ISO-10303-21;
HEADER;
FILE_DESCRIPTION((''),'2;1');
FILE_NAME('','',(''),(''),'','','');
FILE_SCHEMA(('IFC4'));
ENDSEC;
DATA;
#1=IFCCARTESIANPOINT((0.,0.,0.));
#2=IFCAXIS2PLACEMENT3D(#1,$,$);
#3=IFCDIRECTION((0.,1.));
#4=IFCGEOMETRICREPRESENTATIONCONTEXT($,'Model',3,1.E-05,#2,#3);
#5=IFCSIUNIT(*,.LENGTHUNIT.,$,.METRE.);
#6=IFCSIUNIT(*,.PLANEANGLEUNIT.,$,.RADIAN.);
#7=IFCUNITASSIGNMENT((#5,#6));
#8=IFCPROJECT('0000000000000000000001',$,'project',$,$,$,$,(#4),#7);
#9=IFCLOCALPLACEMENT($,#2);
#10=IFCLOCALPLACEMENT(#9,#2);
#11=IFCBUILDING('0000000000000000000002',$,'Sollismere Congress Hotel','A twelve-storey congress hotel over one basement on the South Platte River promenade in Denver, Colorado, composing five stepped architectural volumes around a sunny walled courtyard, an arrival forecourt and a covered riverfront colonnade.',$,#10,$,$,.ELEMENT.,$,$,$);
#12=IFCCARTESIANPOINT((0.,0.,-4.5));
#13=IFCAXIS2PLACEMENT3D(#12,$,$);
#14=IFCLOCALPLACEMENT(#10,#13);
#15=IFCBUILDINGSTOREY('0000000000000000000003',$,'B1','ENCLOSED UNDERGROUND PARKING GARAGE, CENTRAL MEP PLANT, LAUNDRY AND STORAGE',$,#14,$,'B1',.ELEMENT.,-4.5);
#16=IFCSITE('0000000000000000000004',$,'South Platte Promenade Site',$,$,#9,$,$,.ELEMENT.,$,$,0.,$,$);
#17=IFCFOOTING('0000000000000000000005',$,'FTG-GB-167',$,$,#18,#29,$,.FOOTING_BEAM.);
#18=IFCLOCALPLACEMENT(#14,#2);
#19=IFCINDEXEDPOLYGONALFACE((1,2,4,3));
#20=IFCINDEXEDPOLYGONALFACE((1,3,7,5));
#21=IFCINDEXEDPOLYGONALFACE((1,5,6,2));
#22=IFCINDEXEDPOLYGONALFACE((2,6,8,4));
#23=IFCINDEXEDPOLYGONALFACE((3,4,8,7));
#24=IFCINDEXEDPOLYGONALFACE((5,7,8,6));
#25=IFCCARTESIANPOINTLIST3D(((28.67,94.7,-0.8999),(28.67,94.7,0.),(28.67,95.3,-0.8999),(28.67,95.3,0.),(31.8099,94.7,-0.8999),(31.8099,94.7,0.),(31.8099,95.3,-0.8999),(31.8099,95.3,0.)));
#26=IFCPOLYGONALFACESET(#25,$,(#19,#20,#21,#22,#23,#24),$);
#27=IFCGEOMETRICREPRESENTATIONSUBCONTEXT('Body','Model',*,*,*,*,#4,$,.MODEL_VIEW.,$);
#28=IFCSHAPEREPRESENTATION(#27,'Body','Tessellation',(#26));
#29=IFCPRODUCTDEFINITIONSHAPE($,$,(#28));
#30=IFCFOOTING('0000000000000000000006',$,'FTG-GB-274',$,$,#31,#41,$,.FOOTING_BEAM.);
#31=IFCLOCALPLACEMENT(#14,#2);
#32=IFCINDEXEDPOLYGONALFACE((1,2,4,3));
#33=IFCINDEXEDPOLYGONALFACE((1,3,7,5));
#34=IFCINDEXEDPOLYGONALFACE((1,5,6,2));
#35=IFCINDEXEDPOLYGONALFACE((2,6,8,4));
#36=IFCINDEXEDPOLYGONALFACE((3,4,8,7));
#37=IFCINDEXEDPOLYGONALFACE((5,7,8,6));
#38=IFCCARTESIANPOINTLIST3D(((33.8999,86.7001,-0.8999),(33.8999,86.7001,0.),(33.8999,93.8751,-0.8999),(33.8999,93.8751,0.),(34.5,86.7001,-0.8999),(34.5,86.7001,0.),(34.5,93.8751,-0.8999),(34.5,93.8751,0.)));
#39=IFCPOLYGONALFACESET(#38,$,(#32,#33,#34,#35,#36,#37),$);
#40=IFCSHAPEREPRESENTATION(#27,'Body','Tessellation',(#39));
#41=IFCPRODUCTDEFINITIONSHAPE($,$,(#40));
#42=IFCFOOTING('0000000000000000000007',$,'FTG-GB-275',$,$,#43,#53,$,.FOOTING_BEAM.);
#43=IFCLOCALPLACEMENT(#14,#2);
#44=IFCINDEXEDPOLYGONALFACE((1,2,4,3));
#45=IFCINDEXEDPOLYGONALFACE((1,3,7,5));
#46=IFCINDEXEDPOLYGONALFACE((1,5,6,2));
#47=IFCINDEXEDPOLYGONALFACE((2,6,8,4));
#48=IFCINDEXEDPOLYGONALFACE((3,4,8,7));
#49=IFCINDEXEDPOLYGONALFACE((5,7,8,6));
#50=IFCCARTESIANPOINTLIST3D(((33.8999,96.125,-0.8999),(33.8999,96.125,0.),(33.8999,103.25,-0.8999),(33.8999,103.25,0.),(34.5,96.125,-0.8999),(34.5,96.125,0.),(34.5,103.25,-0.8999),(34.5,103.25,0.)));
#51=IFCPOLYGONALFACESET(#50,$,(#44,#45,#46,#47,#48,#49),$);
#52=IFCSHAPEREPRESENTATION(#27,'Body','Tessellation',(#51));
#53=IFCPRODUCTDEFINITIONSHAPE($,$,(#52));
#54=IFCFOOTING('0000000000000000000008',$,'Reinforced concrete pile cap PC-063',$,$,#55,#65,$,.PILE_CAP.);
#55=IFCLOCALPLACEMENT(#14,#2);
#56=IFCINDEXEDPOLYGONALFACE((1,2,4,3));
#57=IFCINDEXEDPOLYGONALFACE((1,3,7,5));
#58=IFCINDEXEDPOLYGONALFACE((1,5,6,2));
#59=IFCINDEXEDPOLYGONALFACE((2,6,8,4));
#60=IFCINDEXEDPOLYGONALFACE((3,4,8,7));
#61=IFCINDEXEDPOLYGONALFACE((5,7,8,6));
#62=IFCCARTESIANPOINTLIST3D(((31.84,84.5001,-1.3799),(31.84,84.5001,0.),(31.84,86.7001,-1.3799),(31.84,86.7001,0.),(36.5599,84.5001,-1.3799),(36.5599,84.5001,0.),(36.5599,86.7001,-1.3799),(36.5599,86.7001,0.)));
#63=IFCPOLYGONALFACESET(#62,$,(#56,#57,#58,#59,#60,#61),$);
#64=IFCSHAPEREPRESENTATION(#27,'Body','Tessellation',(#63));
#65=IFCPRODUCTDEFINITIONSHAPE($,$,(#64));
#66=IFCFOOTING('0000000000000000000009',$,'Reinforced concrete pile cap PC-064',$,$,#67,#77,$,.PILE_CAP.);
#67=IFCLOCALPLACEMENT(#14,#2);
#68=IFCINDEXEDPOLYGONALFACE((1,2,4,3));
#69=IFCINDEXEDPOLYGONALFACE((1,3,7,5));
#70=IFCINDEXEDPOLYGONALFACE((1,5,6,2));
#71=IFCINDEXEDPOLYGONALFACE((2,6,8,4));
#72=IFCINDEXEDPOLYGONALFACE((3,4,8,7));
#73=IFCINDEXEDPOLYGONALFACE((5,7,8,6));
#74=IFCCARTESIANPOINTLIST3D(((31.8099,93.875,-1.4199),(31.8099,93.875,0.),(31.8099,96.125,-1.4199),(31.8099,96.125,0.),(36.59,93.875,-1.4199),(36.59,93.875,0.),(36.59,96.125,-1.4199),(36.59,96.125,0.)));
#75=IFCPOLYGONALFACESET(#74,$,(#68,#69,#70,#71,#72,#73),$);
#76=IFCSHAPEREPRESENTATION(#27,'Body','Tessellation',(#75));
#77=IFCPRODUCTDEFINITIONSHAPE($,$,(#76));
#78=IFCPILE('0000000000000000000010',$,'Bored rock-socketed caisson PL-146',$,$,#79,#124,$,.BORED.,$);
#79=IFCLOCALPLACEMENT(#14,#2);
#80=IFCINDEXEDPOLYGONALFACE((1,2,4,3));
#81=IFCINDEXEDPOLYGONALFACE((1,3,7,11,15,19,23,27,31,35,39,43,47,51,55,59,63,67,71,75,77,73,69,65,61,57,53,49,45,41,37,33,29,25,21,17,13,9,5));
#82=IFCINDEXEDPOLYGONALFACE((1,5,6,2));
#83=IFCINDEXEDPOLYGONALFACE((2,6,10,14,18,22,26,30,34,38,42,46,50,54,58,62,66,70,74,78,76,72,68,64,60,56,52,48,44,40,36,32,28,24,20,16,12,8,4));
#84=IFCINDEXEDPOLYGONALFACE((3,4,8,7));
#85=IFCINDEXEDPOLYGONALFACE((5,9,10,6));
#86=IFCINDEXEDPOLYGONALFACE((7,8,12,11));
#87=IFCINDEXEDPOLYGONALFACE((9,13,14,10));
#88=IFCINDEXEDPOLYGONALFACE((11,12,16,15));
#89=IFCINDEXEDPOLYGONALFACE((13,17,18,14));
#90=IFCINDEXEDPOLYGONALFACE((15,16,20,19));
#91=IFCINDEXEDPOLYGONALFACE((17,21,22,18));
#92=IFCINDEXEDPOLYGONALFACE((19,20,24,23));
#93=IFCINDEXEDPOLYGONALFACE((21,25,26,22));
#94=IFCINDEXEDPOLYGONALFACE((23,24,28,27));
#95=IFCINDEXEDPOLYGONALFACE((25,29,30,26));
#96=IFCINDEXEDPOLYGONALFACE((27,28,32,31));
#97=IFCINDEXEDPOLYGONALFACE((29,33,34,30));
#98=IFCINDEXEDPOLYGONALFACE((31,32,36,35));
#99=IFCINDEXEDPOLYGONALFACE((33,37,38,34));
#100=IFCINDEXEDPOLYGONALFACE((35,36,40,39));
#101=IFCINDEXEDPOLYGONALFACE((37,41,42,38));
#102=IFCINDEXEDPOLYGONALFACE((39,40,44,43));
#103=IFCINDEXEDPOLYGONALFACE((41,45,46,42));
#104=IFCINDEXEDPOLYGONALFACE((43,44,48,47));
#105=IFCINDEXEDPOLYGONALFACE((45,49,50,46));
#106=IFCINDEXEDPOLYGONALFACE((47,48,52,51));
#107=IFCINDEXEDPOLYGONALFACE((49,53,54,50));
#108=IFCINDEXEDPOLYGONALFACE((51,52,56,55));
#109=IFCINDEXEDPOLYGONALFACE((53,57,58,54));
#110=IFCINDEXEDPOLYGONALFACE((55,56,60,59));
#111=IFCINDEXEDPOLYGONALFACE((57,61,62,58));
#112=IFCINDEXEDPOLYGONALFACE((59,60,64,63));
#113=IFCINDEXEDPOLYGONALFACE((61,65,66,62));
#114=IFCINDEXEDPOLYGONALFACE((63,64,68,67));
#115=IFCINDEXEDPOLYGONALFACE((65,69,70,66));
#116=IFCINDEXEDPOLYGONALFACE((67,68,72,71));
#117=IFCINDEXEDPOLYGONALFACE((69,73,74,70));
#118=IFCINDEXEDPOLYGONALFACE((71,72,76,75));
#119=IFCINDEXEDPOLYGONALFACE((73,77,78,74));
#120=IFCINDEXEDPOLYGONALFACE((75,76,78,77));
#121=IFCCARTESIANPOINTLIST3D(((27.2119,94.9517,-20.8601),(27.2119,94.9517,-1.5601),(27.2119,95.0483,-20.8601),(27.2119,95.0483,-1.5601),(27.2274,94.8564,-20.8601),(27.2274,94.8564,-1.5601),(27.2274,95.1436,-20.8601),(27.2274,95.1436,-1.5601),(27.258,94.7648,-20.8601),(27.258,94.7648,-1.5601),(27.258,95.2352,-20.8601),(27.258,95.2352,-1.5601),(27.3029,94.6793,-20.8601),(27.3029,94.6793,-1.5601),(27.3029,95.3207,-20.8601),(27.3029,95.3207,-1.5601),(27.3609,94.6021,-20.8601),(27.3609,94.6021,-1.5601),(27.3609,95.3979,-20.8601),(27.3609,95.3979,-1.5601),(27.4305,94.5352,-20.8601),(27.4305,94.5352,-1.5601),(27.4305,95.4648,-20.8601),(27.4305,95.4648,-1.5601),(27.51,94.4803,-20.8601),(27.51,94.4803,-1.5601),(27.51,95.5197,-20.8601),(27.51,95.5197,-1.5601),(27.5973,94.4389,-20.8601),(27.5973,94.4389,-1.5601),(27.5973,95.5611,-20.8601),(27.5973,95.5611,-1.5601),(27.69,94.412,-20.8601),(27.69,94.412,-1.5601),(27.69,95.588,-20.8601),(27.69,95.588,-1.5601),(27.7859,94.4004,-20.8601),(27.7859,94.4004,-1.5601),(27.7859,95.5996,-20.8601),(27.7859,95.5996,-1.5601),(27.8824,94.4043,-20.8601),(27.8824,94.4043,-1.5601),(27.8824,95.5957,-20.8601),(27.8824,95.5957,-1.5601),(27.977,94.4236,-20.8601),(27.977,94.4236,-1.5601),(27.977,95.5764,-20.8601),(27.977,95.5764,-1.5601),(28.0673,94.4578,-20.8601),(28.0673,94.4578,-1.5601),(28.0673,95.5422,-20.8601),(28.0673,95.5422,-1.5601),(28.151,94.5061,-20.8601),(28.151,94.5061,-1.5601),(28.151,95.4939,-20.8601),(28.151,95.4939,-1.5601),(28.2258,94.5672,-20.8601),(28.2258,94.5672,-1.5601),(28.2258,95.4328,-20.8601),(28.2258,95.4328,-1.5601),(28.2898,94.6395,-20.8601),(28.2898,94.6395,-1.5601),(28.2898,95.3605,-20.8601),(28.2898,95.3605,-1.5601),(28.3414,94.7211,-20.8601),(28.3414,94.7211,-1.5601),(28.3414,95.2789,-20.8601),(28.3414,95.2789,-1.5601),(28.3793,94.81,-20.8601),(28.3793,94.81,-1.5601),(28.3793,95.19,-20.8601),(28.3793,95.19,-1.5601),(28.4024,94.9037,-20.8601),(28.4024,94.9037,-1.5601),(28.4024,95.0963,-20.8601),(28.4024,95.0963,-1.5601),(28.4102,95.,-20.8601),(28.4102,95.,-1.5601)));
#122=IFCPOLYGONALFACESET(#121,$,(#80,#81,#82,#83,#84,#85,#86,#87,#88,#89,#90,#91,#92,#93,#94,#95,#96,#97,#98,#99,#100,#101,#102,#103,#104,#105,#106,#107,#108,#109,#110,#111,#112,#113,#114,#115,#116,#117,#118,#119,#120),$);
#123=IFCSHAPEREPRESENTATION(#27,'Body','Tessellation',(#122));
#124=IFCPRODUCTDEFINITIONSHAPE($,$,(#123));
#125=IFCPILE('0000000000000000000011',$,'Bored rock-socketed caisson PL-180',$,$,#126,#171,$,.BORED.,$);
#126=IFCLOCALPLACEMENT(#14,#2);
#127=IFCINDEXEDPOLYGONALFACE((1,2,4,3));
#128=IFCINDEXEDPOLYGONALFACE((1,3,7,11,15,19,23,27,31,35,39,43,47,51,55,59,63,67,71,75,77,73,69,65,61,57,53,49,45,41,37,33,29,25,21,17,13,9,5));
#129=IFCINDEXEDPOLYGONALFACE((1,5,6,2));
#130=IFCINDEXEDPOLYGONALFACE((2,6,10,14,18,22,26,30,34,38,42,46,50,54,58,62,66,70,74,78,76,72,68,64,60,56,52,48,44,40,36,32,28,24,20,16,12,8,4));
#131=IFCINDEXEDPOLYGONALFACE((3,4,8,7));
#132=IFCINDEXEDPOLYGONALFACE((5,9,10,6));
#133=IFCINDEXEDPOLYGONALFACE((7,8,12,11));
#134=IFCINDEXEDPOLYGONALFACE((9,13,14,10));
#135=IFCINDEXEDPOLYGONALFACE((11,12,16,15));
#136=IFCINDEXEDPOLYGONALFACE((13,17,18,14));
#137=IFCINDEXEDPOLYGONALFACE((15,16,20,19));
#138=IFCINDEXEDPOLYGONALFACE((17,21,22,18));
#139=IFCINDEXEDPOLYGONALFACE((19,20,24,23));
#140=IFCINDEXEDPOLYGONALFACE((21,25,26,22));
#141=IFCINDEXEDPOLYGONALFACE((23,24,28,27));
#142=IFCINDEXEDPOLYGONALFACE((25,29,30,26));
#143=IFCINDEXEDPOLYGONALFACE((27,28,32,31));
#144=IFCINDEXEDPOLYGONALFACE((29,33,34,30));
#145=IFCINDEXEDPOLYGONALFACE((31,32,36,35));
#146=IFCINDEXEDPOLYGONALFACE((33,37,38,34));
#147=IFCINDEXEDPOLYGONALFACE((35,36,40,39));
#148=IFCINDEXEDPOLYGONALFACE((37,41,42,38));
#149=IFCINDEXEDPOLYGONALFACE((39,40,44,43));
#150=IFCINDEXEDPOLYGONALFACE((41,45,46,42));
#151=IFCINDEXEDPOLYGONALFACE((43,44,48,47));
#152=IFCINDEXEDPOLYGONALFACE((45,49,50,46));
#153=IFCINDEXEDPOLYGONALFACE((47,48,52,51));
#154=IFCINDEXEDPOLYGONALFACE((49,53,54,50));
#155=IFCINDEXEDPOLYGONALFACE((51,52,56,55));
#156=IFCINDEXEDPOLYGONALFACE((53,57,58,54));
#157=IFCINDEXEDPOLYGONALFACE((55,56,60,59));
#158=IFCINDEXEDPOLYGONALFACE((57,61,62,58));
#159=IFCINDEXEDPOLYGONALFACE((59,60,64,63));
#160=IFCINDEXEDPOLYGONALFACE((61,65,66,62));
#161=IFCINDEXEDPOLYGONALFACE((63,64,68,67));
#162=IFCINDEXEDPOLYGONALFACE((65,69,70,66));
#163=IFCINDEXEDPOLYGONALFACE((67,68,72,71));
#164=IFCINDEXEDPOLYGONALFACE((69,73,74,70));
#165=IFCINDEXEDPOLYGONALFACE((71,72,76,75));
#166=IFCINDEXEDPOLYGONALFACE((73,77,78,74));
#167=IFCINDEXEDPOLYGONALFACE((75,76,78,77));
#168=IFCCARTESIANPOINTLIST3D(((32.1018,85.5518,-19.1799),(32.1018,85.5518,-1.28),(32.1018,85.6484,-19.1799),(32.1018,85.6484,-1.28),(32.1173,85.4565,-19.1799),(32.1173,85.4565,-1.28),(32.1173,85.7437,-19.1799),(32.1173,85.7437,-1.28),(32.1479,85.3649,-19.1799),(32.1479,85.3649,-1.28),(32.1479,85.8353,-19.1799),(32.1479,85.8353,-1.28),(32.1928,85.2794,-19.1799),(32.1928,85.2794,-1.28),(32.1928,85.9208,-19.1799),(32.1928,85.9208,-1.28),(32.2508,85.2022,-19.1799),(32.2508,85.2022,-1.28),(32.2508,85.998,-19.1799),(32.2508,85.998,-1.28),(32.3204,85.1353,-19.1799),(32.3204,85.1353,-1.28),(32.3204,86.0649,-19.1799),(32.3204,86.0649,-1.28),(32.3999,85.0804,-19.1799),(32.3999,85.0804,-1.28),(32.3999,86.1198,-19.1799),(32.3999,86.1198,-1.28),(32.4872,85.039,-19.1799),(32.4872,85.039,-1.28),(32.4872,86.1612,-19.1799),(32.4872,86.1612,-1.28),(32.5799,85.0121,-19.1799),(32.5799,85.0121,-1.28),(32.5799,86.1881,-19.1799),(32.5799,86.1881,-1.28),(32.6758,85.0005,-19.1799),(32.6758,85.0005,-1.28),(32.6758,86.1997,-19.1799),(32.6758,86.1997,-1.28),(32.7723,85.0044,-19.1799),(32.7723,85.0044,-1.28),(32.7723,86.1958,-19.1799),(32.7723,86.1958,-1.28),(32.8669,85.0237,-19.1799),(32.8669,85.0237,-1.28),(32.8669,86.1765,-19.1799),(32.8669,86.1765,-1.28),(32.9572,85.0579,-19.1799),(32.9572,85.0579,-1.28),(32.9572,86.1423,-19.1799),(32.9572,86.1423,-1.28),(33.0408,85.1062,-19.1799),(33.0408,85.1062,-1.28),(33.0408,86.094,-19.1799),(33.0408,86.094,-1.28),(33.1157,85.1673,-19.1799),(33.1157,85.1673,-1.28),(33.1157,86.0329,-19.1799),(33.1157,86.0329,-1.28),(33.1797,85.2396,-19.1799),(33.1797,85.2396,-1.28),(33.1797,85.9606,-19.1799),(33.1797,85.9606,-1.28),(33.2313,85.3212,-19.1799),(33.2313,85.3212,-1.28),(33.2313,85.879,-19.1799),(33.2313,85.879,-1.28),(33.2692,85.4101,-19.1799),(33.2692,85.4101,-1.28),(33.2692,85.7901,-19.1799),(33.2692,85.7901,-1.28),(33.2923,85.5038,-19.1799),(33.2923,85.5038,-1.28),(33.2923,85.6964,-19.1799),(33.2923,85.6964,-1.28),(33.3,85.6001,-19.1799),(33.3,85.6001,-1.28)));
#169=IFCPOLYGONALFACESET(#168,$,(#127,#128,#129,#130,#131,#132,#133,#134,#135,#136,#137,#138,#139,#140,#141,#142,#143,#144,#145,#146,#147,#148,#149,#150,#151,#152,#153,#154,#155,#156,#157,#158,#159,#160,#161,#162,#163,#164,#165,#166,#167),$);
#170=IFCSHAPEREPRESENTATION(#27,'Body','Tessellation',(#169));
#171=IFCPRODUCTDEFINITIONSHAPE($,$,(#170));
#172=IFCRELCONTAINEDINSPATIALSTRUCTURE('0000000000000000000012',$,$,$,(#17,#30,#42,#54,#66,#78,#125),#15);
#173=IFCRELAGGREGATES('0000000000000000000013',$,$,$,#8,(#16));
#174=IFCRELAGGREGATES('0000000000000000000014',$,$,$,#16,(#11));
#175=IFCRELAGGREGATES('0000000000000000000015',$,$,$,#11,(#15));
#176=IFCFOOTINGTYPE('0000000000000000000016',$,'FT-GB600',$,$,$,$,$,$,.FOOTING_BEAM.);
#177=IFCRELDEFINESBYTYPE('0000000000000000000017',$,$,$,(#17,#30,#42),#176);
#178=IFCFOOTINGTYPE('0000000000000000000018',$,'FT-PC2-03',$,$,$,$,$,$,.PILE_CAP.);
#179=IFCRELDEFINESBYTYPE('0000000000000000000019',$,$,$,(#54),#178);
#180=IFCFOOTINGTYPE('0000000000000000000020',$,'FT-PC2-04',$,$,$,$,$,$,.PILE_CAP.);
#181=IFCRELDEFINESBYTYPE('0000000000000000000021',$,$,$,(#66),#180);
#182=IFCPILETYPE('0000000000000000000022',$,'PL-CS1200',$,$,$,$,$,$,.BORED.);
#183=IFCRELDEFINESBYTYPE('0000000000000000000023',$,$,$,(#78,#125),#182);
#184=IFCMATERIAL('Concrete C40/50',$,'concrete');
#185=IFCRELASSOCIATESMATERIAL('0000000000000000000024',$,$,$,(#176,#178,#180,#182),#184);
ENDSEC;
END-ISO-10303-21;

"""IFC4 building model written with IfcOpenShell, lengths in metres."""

from ifc_helpers import new_model, si_unit, direction, frame, origin, origin_2d, place, context, subcontext, project, spatial, rectangle, circle, extrude, material, material_profile, profile_set, type_object, element, save


model = new_model("IFC4")

# Units and contexts
model_context = context("Model", 3, precision=1e-05, world=origin(), true_north=direction((0.0, 1.0)))
body_context = subcontext(model_context, "Body", "Model", "MODEL_VIEW")
ifc_project = project(units=[si_unit("LENGTHUNIT", "METRE"), si_unit("PLANEANGLEUNIT", "RADIAN")], contexts=[model_context])

# Site, building, storey
site_placement = place(None, origin())
site = spatial("IfcSite", under=ifc_project, at=site_placement, Name="South Platte Promenade Site", CompositionType="ELEMENT", RefElevation=0.0)
building_placement = place(site_placement, origin())
building = spatial("IfcBuilding", under=site, at=building_placement, Name="Sollismere Congress Hotel", Description="A twelve-storey congress hotel over one basement on the South Platte River promenade in Denver, Colorado, composing five stepped architectural volumes around a sunny walled courtyard, an arrival forecourt and a covered riverfront colonnade.", CompositionType="ELEMENT")
storey_placement = place(building_placement, frame((0.0, 0.0, -4.5)))
storey = spatial("IfcBuildingStorey", under=building, at=storey_placement, Name="B1", Description="ENCLOSED UNDERGROUND PARKING GARAGE, CENTRAL MEP PLANT, LAUNDRY AND STORAGE", LongName="B1", CompositionType="ELEMENT", Elevation=-4.5)

# Footings
ifc_material_1 = material(Name="Concrete C40/50", Category="concrete")
footing_type_1 = type_object("IfcFootingType", Name="FT-GB600", PredefinedType="FOOTING_BEAM", material=ifc_material_1)
footing_1_placement = place(storey_placement, frame((30.24, 95.0, -0.8999), z_axis=(0.0, 0.0, 1.0), x_axis=(1.0, 0.0, 0.0)))
element("IfcFooting", 1, at=footing_1_placement, inside=storey, type_object=footing_type_1, Name="FTG-GB-167", PredefinedType="FOOTING_BEAM", context=body_context, shape_type="SweptSolid", body=[
    extrude(rectangle(XDim=3.1399, YDim=0.6001, at=origin_2d()), origin(), (0.0, 0.0, 1.0), 0.8999),
])
footing_2_placement = place(storey_placement, frame((34.2, 90.2876, -0.8999), z_axis=(0.0, 0.0, 1.0), x_axis=(0.0, 1.0, 0.0)))
element("IfcFooting", 2, at=footing_2_placement, inside=storey, type_object=footing_type_1, Name="FTG-GB-274", PredefinedType="FOOTING_BEAM", context=body_context, shape_type="SweptSolid", body=[
    extrude(rectangle(XDim=7.175, YDim=0.6001, at=origin_2d()), origin(), (0.0, 0.0, 1.0), 0.8999),
])
footing_3_placement = place(storey_placement, frame((34.2, 99.6875, -0.8999), z_axis=(0.0, 0.0, 1.0), x_axis=(0.0, 1.0, 0.0)))
element("IfcFooting", 3, at=footing_3_placement, inside=storey, type_object=footing_type_1, Name="FTG-GB-275", PredefinedType="FOOTING_BEAM", context=body_context, shape_type="SweptSolid", body=[
    extrude(rectangle(XDim=7.125, YDim=0.6001, at=origin_2d()), origin(), (0.0, 0.0, 1.0), 0.8999),
])
footing_type_2 = type_object("IfcFootingType", Name="FT-PC2-03", PredefinedType="PILE_CAP", material=ifc_material_1)
footing_4_placement = place(storey_placement, frame((34.2, 85.6001, -1.3799), z_axis=(0.0, 0.0, 1.0), x_axis=(1.0, 0.0, 0.0)))
element("IfcFooting", 4, at=footing_4_placement, inside=storey, type_object=footing_type_2, Name="Reinforced concrete pile cap PC-063", PredefinedType="PILE_CAP", context=body_context, shape_type="SweptSolid", body=[
    extrude(rectangle(XDim=4.72, YDim=2.2, at=origin_2d()), origin(), (0.0, 0.0, 1.0), 1.3799),
])
footing_type_3 = type_object("IfcFootingType", Name="FT-PC2-04", PredefinedType="PILE_CAP", material=ifc_material_1)
footing_5_placement = place(storey_placement, frame((34.2, 95.0, -1.4199), z_axis=(0.0, 0.0, 1.0), x_axis=(1.0, 0.0, 0.0)))
element("IfcFooting", 5, at=footing_5_placement, inside=storey, type_object=footing_type_3, Name="Reinforced concrete pile cap PC-064", PredefinedType="PILE_CAP", context=body_context, shape_type="SweptSolid", body=[
    extrude(rectangle(XDim=4.78, YDim=2.25, at=origin_2d()), origin(), (0.0, 0.0, 1.0), 1.4199),
])

# Piles
ifc_material_profile_1 = material_profile(ifc_material_1, circle(Radius=0.6001, at=origin_2d()), Name="CAISSON1200")
ifc_profile_set_1 = profile_set([ifc_material_profile_1], Name="Concrete C40/50")
pile_type = type_object("IfcPileType", Name="PL-CS1200", PredefinedType="BORED", material=ifc_profile_set_1)
pile_placement = place(storey_placement, frame((27.8101, 95.0, -1.5601), z_axis=(0.0, 0.0, -1.0), x_axis=(1.0, 0.0, 0.0)))
element("IfcPile", 6, at=pile_placement, inside=storey, type_object=pile_type, Name="Bored rock-socketed caisson PL-146", PredefinedType="BORED", context=body_context, shape_type="SweptSolid", body=[
    extrude(circle(Radius=0.6001, at=origin_2d()), origin(), (0.0, 0.0, 1.0), 19.3),
])
for number, where, z_axis, x_axis, name in (
    (7, (32.7, 85.6001, -1.28), (0.0, 0.0, -1.0), (1.0, 0.0, 0.0), "Bored rock-socketed caisson PL-180"),
):
    element("IfcPile", number, at=place(storey_placement, frame(where, z_axis=z_axis, x_axis=x_axis)), inside=storey, type_object=pile_type, Name=name, PredefinedType="BORED", context=body_context, shape_type="SweptSolid", body=[
        extrude(circle(Radius=0.6001, at=origin_2d()), origin(), (0.0, 0.0, 1.0), 17.8999),
    ])

save(model, "model.ifc")
